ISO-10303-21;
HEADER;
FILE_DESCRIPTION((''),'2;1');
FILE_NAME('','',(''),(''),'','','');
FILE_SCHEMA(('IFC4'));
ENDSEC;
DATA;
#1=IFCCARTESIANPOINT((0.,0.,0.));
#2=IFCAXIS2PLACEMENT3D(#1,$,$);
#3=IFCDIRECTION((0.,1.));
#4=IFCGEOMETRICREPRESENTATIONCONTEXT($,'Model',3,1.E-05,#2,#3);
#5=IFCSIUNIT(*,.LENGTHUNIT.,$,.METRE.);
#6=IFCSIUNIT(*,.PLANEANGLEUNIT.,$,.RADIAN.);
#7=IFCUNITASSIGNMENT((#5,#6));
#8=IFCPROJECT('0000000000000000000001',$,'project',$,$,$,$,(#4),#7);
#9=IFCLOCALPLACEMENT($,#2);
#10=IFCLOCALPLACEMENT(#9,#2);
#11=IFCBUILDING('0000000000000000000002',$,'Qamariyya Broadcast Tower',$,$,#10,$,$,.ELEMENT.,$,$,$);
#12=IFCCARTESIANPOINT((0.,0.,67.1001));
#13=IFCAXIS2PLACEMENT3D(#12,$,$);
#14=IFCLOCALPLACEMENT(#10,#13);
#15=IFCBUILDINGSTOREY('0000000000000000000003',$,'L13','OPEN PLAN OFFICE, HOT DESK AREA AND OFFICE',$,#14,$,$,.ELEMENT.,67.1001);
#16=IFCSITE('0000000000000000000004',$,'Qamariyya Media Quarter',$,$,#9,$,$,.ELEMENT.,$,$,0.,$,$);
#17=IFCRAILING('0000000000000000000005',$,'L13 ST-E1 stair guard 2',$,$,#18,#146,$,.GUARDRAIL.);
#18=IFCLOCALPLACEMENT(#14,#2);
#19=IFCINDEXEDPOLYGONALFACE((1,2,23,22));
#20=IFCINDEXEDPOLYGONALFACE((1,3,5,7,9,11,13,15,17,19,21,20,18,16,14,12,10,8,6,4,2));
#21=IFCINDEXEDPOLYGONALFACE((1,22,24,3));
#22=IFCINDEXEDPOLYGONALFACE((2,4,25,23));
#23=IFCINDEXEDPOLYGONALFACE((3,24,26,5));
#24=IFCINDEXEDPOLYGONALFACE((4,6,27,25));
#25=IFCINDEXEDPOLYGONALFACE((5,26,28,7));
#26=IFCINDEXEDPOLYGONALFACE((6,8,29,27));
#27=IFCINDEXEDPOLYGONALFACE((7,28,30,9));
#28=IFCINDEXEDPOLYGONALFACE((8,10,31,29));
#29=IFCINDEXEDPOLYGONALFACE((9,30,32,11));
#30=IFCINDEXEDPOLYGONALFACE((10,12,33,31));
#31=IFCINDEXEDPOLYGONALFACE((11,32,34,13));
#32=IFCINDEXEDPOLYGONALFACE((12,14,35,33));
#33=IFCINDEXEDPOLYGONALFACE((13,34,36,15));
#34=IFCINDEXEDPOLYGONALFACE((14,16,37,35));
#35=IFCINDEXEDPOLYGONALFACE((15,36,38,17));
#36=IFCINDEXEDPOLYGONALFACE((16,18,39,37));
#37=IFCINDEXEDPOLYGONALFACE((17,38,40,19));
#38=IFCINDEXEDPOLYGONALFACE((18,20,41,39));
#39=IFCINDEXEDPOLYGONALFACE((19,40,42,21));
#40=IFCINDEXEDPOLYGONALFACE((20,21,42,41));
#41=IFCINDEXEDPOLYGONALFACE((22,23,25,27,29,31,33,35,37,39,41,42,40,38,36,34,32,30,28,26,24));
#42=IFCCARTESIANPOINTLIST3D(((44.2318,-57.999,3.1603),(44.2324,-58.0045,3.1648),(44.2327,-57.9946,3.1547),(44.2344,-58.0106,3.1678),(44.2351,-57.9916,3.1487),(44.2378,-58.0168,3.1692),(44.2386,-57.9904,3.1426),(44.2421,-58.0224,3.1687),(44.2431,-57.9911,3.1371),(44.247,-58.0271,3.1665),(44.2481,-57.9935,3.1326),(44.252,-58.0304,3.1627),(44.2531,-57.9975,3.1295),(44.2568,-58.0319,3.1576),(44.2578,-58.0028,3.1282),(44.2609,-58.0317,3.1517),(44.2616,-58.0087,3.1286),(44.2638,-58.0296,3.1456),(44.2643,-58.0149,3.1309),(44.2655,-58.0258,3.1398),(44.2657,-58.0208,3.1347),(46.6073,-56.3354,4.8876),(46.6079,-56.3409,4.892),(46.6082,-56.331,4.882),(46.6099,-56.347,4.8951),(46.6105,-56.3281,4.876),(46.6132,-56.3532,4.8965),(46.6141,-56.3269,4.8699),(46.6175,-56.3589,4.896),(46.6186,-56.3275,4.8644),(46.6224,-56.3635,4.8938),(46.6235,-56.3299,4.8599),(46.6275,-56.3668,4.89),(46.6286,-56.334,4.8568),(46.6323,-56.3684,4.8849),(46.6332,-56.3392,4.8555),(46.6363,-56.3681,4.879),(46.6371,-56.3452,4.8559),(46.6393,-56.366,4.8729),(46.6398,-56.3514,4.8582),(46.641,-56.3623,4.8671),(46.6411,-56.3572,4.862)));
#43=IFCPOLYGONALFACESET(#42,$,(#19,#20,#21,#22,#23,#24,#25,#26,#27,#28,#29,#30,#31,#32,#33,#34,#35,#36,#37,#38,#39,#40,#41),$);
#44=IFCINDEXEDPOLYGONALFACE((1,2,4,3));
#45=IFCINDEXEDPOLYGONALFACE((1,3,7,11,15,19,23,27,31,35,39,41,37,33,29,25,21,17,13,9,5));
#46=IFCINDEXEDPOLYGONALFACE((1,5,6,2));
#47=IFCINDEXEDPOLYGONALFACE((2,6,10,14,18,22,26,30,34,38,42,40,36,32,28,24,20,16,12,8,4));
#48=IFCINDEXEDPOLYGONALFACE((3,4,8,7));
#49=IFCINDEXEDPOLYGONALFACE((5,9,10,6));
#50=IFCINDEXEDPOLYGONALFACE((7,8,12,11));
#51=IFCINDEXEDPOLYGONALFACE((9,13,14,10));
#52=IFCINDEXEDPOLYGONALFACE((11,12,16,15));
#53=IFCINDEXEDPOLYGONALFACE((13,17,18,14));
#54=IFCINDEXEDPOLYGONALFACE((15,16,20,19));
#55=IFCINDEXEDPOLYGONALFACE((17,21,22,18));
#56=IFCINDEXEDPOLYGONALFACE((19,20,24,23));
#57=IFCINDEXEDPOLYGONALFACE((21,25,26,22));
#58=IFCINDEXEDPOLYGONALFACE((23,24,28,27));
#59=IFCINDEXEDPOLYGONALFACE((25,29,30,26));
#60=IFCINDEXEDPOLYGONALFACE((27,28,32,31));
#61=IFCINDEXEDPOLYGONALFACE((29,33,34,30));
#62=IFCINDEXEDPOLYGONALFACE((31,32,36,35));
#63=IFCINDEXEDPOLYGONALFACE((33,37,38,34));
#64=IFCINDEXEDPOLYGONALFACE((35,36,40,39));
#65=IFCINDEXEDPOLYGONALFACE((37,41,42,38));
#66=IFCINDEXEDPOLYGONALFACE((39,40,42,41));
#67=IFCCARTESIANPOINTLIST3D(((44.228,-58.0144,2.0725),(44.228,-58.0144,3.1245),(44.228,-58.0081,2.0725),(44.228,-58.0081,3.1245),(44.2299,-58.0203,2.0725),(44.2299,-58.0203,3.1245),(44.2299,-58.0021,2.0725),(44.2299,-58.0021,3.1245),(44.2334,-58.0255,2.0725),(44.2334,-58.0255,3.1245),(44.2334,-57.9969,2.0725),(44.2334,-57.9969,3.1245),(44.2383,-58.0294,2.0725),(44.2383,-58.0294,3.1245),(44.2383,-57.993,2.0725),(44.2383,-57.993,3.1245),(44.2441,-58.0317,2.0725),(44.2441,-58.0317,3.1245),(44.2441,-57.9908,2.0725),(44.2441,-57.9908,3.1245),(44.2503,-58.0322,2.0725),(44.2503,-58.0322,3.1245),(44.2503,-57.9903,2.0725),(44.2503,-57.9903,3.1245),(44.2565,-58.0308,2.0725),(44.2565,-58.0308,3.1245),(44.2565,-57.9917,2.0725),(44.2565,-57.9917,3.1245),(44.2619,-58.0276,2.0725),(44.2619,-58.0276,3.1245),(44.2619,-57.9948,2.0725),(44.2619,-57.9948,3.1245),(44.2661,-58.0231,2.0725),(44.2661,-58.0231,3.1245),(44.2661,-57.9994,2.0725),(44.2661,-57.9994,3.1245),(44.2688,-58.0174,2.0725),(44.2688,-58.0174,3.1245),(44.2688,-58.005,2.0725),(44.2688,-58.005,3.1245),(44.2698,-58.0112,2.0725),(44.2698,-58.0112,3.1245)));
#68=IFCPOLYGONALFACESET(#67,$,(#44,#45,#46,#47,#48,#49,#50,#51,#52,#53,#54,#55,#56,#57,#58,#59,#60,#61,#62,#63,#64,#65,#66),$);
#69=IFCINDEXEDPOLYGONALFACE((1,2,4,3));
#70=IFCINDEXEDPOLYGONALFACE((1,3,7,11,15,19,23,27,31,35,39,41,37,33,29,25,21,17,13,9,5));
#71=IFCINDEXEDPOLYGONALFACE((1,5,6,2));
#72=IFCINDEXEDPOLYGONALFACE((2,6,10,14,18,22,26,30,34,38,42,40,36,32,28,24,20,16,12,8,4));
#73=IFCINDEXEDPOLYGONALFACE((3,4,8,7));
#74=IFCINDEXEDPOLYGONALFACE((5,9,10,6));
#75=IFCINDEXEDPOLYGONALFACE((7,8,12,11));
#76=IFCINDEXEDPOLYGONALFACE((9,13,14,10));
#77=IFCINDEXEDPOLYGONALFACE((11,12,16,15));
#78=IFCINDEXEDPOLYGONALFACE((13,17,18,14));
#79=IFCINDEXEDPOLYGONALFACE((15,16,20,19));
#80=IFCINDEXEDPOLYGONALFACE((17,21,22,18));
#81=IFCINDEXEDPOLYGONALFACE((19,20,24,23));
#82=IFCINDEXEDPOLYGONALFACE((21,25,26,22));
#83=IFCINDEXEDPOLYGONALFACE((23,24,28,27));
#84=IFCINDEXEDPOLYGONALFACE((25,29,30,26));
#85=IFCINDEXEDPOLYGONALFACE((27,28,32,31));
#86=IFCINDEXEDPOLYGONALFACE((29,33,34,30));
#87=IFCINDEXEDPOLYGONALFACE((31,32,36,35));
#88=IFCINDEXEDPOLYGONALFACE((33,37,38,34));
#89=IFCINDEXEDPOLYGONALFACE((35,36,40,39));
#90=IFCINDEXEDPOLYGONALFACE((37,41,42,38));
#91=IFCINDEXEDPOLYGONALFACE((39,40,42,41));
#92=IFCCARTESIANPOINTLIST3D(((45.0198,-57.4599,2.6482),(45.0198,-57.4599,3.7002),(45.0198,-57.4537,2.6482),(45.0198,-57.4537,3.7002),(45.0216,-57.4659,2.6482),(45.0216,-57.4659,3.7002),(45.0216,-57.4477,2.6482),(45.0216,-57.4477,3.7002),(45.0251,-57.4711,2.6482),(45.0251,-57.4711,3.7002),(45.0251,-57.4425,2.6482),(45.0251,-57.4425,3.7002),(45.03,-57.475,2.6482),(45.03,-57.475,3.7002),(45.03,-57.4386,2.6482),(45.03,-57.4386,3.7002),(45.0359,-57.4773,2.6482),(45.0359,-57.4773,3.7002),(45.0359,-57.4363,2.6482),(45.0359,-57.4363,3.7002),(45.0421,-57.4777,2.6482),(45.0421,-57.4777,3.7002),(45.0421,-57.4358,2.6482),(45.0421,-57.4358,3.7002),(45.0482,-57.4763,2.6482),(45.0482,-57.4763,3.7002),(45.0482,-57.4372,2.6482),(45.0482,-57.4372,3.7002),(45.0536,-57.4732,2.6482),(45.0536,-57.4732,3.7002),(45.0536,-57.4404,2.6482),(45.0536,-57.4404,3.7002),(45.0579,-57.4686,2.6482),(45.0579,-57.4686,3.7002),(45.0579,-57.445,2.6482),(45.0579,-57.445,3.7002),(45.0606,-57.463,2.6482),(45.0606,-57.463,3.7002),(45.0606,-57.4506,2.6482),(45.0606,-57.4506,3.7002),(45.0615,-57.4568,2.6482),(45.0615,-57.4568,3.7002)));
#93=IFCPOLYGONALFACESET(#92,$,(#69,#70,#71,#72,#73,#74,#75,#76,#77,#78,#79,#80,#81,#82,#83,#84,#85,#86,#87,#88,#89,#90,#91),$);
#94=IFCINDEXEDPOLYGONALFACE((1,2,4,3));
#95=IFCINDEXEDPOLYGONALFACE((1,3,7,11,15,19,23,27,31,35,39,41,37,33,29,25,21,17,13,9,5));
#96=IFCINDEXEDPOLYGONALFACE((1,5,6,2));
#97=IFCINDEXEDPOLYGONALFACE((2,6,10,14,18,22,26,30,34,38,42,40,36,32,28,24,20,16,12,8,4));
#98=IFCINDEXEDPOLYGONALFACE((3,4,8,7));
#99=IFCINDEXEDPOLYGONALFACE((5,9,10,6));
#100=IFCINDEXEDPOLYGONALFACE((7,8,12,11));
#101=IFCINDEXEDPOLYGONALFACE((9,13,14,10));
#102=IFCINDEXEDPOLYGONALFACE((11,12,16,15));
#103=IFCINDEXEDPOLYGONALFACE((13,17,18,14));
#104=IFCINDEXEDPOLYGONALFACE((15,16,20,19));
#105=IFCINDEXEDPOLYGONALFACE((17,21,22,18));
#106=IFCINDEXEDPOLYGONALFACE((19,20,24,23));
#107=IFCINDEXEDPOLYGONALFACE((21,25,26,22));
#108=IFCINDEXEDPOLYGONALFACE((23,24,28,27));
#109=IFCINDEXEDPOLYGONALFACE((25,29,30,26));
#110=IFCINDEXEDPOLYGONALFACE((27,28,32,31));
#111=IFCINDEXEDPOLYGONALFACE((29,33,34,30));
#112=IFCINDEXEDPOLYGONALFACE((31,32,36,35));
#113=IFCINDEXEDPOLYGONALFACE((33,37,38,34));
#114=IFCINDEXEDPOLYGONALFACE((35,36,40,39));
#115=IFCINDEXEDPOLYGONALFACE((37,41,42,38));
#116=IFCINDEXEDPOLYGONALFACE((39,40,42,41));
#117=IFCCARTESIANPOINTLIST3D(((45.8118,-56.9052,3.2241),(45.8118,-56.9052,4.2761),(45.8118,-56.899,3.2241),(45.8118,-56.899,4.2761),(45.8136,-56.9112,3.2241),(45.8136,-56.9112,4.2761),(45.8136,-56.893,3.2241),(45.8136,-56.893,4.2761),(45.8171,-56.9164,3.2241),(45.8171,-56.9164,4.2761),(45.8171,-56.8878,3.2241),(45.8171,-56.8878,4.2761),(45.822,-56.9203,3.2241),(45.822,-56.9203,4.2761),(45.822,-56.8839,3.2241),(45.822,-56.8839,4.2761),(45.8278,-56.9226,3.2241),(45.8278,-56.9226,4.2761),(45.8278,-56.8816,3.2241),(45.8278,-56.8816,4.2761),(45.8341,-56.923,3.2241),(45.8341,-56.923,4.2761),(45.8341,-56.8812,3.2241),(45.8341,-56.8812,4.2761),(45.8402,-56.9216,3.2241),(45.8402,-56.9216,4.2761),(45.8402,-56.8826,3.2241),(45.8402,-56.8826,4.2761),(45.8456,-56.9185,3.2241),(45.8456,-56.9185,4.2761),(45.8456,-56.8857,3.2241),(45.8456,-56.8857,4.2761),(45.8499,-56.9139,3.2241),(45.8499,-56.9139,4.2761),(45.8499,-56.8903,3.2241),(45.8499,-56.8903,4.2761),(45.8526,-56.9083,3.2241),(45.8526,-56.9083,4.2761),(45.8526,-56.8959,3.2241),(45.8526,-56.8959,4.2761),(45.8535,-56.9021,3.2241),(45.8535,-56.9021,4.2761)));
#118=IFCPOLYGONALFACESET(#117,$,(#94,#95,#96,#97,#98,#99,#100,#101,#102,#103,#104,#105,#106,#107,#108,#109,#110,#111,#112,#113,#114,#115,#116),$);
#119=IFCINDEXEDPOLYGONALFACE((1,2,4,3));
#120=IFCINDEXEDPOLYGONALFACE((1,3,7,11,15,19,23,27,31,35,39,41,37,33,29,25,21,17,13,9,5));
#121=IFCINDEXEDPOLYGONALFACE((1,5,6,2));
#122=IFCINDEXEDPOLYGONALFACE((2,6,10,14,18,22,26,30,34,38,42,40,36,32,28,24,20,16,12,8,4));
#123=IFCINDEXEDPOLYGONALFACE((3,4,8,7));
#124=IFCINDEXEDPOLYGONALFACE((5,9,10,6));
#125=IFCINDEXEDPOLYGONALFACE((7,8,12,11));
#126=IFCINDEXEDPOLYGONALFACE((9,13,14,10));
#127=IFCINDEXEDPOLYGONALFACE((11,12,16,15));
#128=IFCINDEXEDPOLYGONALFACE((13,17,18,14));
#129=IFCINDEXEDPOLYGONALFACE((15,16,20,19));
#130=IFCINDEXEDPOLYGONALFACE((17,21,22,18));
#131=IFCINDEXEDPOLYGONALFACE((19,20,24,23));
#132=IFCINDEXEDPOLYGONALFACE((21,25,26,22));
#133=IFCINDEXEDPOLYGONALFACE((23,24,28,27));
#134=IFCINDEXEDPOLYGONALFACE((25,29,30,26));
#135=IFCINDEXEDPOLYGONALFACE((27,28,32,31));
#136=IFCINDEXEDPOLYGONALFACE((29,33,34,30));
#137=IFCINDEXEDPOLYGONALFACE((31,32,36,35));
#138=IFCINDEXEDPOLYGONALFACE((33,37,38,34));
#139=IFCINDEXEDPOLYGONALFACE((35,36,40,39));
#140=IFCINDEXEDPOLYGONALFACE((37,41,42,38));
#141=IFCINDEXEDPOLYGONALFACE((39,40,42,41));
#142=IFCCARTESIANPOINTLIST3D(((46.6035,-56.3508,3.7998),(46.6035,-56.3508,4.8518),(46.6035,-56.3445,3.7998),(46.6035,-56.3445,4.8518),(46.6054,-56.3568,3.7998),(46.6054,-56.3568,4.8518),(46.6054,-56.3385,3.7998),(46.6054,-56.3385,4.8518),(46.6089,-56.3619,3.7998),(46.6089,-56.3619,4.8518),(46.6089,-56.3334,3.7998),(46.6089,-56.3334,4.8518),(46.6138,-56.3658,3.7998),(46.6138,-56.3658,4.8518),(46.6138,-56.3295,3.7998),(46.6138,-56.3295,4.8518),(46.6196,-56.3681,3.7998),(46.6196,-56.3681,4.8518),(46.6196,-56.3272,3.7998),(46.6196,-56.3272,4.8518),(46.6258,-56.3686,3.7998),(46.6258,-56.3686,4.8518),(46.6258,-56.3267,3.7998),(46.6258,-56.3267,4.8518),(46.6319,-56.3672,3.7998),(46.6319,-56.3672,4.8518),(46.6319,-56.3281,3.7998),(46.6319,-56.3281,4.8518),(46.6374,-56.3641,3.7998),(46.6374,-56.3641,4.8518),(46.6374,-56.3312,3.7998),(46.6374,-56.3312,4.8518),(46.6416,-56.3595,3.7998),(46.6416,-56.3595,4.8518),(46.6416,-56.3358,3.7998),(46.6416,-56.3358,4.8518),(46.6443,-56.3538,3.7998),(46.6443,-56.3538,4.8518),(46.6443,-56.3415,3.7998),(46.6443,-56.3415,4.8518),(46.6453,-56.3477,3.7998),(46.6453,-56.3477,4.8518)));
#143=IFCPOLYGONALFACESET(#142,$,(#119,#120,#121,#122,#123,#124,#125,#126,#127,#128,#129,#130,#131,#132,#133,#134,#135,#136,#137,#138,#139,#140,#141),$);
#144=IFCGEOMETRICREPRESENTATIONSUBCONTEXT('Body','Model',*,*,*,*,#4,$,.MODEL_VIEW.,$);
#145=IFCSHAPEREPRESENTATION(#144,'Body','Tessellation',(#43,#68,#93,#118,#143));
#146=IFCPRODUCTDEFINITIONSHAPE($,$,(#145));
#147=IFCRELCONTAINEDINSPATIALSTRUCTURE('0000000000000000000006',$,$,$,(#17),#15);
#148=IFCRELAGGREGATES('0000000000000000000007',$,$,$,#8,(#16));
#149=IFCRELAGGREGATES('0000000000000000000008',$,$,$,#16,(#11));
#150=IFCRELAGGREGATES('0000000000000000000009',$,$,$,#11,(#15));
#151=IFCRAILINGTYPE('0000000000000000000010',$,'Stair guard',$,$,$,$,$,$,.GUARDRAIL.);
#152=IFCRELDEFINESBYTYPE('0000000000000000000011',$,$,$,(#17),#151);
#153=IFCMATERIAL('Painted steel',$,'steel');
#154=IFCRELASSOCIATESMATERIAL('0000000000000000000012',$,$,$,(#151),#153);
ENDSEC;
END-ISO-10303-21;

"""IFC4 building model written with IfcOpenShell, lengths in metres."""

from ifc_helpers import new_model, si_unit, direction, frame, origin, origin_2d, place, context, subcontext, project, spatial, circle, extrude, material, type_object, element, save


model = new_model("IFC4")

# Units and contexts
model_context = context("Model", 3, precision=1e-05, world=origin(), true_north=direction((0.0, 1.0)))
body_context = subcontext(model_context, "Body", "Model", "MODEL_VIEW")
ifc_project = project(units=[si_unit("LENGTHUNIT", "METRE"), si_unit("PLANEANGLEUNIT", "RADIAN")], contexts=[model_context])

# Site, building, storey
site_placement = place(None, origin())
site = spatial("IfcSite", under=ifc_project, at=site_placement, Name="Qamariyya Media Quarter", CompositionType="ELEMENT", RefElevation=0.0)
building_placement = place(site_placement, origin())
building = spatial("IfcBuilding", under=site, at=building_placement, Name="Qamariyya Broadcast Tower", CompositionType="ELEMENT")
storey_placement = place(building_placement, frame((0.0, 0.0, 67.1001)))
storey = spatial("IfcBuildingStorey", under=building, at=storey_placement, Name="L13", Description="OPEN PLAN OFFICE, HOT DESK AREA AND OFFICE", CompositionType="ELEMENT", Elevation=67.1001)

# Railing
ifc_material_1 = material(Name="Painted steel", Category="steel")
railing_type_1 = type_object("IfcRailingType", Name="Stair guard", PredefinedType="GUARDRAIL", material=ifc_material_1)
railing_1_placement = place(storey_placement, frame((44.2488, -58.0112, 2.0725)))
element("IfcRailing", 1, at=railing_1_placement, inside=storey, type_object=railing_type_1, Name="L13 ST-E1 stair guard 2", PredefinedType="GUARDRAIL", context=body_context, shape_type="SweptSolid", body=[
    extrude(circle(Radius=0.0239, at=origin_2d()), frame((0.0, 0.0, 1.0762), z_axis=(0.703745, 0.492838, 0.511716), x_axis=(-0.573632, 0.819113, 0.0)), (0.0, 0.0, 1.0), 3.3755),
    extrude(circle(Radius=0.021, at=origin_2d()), origin(), (0.0, 0.0, 1.0), 1.052),
    extrude(circle(Radius=0.021, at=origin_2d()), frame((0.7917, 0.5544, 0.5757)), (0.0, 0.0, 1.0), 1.052),
    extrude(circle(Radius=0.021, at=origin_2d()), frame((1.5837, 1.1091, 1.1516)), (0.0, 0.0, 1.0), 1.052),
    extrude(circle(Radius=0.021, at=origin_2d()), frame((2.3755, 1.6636, 1.7273)), (0.0, 0.0, 1.0), 1.052),
])

save(model, "model.ifc")
